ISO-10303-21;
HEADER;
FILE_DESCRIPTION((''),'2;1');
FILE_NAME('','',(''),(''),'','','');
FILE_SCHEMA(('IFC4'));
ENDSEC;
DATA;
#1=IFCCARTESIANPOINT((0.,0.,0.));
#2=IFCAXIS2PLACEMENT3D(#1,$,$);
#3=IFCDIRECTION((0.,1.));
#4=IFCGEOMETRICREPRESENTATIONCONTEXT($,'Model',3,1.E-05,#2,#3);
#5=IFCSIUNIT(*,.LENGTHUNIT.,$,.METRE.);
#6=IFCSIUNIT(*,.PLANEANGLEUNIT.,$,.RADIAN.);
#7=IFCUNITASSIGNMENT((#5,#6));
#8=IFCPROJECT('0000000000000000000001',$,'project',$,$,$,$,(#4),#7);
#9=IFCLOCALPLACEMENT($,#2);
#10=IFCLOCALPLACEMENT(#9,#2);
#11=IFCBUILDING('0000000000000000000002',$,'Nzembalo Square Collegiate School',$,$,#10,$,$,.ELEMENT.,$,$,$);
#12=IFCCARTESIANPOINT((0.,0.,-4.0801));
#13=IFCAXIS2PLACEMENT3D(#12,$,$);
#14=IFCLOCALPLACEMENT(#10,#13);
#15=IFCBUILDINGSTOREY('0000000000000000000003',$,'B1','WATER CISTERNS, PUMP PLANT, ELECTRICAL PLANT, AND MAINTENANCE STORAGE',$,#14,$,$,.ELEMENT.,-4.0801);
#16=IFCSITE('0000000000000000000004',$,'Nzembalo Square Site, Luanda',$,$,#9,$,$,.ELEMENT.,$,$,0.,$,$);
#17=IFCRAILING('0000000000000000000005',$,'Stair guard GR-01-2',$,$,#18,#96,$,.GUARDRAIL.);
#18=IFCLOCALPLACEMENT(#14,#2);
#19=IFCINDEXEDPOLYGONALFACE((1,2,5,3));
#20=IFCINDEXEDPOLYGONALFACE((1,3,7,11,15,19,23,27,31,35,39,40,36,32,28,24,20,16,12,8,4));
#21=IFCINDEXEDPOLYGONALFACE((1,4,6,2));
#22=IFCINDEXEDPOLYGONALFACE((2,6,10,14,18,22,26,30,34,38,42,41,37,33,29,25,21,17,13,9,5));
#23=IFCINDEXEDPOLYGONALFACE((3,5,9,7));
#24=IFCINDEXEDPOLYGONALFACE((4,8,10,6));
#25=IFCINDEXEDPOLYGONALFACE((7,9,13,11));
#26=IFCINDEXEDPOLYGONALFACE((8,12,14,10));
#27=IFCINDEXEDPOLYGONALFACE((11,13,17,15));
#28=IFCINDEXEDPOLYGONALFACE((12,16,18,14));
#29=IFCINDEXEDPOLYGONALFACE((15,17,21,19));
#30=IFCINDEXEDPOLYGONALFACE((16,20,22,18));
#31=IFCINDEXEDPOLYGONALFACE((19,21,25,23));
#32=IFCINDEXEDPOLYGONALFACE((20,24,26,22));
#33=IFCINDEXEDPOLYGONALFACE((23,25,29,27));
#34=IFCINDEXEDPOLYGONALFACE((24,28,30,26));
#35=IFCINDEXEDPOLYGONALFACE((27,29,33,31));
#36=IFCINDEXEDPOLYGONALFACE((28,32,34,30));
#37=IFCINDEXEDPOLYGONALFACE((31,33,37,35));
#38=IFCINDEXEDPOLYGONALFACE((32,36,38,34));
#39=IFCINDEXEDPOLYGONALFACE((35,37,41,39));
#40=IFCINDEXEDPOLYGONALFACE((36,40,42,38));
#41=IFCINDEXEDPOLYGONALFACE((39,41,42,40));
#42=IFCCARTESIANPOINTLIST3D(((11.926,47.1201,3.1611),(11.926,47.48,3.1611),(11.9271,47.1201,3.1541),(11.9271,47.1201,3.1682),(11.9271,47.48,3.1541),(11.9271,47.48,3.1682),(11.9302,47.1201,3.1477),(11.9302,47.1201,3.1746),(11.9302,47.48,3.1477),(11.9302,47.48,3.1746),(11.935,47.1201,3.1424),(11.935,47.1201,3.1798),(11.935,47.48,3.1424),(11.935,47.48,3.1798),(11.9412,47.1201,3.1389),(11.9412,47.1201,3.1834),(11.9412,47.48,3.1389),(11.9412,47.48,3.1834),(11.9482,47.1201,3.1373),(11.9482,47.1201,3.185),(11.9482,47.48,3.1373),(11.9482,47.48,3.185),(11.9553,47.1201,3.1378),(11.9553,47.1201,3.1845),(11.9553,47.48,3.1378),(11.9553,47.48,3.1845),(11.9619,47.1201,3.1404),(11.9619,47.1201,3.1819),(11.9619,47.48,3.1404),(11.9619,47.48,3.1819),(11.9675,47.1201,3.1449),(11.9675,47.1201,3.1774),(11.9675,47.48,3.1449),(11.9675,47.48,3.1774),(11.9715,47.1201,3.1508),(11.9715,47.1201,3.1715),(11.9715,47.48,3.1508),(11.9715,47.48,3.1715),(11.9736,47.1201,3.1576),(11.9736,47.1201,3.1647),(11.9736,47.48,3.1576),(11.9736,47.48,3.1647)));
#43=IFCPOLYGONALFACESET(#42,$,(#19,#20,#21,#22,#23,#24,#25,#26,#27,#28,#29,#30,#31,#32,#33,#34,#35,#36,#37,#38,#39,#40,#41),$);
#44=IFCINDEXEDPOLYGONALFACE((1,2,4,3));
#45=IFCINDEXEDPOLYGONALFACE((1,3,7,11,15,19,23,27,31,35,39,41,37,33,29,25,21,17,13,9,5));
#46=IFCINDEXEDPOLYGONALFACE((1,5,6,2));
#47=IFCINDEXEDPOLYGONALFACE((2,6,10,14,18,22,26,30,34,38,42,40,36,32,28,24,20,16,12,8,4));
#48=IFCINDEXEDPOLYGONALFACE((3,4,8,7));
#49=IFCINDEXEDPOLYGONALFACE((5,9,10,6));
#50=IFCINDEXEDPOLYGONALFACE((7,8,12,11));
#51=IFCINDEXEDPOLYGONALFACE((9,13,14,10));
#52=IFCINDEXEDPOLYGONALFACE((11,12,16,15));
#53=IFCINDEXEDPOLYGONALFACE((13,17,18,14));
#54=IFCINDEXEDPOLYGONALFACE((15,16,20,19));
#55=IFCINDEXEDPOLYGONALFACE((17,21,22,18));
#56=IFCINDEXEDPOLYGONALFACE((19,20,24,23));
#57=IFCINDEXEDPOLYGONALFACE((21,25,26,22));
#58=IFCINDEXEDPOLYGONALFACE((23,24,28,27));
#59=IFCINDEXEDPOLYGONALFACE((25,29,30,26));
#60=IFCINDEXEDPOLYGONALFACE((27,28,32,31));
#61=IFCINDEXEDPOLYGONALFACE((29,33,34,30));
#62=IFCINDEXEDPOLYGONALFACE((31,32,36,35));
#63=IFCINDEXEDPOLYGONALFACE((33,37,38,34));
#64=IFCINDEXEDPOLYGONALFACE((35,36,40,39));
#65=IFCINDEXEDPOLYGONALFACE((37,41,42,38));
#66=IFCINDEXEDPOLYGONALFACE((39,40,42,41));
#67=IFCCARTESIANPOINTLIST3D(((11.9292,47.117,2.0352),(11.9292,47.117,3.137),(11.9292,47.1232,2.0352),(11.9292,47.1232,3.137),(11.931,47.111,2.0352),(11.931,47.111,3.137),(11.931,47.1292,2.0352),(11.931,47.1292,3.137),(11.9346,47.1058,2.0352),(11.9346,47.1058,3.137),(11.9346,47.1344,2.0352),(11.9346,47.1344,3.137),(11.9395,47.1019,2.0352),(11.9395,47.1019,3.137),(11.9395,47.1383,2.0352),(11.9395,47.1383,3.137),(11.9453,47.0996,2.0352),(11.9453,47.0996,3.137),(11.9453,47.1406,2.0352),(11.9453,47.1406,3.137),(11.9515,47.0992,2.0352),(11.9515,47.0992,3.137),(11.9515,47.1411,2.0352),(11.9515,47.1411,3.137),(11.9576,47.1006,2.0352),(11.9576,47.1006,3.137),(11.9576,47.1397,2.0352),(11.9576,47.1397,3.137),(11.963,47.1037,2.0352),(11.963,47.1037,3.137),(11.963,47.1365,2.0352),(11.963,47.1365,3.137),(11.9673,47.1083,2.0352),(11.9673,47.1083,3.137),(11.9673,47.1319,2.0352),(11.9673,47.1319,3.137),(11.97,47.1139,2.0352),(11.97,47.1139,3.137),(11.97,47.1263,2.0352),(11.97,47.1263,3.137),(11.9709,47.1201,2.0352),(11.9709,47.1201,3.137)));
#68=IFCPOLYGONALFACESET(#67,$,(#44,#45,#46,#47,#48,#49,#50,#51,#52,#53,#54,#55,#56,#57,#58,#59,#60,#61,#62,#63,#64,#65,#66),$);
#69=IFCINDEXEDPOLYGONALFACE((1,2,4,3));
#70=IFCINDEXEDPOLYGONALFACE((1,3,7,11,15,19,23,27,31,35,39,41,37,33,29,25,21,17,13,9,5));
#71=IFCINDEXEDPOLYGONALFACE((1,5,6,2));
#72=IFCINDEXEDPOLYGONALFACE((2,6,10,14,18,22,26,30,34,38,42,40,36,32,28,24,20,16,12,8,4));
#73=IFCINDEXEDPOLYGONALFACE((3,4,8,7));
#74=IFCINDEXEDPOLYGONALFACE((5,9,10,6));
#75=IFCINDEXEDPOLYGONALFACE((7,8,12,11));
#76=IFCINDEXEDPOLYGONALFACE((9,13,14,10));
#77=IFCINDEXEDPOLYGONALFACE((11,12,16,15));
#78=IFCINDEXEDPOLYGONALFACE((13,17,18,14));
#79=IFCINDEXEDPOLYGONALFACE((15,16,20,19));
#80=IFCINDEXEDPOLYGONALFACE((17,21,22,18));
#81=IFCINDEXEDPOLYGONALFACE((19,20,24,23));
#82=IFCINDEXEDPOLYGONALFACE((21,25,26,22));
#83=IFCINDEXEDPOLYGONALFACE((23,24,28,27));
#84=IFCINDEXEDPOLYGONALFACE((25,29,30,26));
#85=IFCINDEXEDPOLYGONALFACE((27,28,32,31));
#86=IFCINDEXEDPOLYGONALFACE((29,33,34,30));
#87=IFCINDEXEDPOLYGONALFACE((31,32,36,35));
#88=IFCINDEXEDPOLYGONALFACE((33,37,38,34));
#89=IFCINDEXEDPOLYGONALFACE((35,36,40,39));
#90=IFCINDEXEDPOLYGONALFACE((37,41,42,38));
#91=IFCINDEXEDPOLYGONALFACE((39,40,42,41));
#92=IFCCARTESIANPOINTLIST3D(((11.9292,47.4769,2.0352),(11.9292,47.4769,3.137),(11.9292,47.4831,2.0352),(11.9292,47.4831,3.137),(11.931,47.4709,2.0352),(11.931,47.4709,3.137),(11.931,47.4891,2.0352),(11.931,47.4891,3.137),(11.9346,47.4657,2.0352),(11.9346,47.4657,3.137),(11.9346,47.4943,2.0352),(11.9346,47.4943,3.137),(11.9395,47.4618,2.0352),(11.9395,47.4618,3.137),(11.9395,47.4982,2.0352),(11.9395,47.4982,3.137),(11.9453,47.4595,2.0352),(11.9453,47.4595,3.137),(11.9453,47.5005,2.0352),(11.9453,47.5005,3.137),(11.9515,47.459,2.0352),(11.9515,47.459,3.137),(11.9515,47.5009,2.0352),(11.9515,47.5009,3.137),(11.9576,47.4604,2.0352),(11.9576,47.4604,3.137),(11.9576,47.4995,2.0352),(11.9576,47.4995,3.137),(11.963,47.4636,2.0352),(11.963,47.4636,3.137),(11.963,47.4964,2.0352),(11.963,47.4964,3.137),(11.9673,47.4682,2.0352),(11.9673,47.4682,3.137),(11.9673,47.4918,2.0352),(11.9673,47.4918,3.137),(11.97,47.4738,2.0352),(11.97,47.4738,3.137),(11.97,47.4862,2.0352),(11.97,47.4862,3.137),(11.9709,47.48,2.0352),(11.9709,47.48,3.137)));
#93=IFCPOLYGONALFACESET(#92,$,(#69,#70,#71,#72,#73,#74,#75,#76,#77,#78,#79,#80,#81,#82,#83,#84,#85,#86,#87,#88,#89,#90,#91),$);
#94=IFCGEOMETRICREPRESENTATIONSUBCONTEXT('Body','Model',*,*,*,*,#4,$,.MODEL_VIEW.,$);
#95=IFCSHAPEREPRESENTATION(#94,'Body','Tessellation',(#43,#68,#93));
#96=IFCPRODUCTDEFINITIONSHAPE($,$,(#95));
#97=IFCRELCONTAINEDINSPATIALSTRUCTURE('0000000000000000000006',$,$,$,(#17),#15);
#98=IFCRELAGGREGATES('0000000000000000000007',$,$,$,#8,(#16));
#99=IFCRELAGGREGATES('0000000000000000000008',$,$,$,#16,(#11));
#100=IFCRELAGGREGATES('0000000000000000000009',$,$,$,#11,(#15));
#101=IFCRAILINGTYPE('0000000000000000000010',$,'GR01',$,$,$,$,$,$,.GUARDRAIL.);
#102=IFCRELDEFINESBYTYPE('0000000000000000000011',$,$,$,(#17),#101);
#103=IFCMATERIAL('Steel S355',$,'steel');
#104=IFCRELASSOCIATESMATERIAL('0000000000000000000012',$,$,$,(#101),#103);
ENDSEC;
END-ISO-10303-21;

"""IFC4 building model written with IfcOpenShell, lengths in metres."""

from ifc_helpers import new_model, si_unit, direction, frame, origin, origin_2d, place, context, subcontext, project, spatial, circle, extrude, material, type_object, element, save


model = new_model("IFC4")

# Units and contexts
model_context = context("Model", 3, precision=1e-05, world=origin(), true_north=direction((0.0, 1.0)))
body_context = subcontext(model_context, "Body", "Model", "MODEL_VIEW")
ifc_project = project(units=[si_unit("LENGTHUNIT", "METRE"), si_unit("PLANEANGLEUNIT", "RADIAN")], contexts=[model_context])

# Site, building, storey
site_placement = place(None, origin())
site = spatial("IfcSite", under=ifc_project, at=site_placement, Name="Nzembalo Square Site, Luanda", CompositionType="ELEMENT", RefElevation=0.0)
building_placement = place(site_placement, origin())
building = spatial("IfcBuilding", under=site, at=building_placement, Name="Nzembalo Square Collegiate School", CompositionType="ELEMENT")
storey_placement = place(building_placement, frame((0.0, 0.0, -4.0801)))
storey = spatial("IfcBuildingStorey", under=building, at=storey_placement, Name="B1", Description="WATER CISTERNS, PUMP PLANT, ELECTRICAL PLANT, AND MAINTENANCE STORAGE", CompositionType="ELEMENT", Elevation=-4.0801)

# Railing
ifc_material_1 = material(Name="Steel S355", Category="steel")
railing_type_1 = type_object("IfcRailingType", Name="GR01", PredefinedType="GUARDRAIL", material=ifc_material_1)
railing_1_placement = place(storey_placement, frame((11.95, 47.1201, 2.0352)))
element("IfcRailing", 1, at=railing_1_placement, inside=storey, type_object=railing_type_1, Name="Stair guard GR-01-2", PredefinedType="GUARDRAIL", context=body_context, shape_type="SweptSolid", body=[
    extrude(circle(Radius=0.0239, at=origin_2d()), frame((0.0, 0.0, 1.126), z_axis=(0.0, 1.0, 0.0), x_axis=(-1.0, 0.0, 0.0)), (0.0, 0.0, 1.0), 0.3599),
    extrude(circle(Radius=0.021, at=origin_2d()), origin(), (0.0, 0.0, 1.0), 1.1018),
    extrude(circle(Radius=0.021, at=origin_2d()), frame((0.0, 0.3599, 0.0)), (0.0, 0.0, 1.0), 1.1018),
])

save(model, "model.ifc")
